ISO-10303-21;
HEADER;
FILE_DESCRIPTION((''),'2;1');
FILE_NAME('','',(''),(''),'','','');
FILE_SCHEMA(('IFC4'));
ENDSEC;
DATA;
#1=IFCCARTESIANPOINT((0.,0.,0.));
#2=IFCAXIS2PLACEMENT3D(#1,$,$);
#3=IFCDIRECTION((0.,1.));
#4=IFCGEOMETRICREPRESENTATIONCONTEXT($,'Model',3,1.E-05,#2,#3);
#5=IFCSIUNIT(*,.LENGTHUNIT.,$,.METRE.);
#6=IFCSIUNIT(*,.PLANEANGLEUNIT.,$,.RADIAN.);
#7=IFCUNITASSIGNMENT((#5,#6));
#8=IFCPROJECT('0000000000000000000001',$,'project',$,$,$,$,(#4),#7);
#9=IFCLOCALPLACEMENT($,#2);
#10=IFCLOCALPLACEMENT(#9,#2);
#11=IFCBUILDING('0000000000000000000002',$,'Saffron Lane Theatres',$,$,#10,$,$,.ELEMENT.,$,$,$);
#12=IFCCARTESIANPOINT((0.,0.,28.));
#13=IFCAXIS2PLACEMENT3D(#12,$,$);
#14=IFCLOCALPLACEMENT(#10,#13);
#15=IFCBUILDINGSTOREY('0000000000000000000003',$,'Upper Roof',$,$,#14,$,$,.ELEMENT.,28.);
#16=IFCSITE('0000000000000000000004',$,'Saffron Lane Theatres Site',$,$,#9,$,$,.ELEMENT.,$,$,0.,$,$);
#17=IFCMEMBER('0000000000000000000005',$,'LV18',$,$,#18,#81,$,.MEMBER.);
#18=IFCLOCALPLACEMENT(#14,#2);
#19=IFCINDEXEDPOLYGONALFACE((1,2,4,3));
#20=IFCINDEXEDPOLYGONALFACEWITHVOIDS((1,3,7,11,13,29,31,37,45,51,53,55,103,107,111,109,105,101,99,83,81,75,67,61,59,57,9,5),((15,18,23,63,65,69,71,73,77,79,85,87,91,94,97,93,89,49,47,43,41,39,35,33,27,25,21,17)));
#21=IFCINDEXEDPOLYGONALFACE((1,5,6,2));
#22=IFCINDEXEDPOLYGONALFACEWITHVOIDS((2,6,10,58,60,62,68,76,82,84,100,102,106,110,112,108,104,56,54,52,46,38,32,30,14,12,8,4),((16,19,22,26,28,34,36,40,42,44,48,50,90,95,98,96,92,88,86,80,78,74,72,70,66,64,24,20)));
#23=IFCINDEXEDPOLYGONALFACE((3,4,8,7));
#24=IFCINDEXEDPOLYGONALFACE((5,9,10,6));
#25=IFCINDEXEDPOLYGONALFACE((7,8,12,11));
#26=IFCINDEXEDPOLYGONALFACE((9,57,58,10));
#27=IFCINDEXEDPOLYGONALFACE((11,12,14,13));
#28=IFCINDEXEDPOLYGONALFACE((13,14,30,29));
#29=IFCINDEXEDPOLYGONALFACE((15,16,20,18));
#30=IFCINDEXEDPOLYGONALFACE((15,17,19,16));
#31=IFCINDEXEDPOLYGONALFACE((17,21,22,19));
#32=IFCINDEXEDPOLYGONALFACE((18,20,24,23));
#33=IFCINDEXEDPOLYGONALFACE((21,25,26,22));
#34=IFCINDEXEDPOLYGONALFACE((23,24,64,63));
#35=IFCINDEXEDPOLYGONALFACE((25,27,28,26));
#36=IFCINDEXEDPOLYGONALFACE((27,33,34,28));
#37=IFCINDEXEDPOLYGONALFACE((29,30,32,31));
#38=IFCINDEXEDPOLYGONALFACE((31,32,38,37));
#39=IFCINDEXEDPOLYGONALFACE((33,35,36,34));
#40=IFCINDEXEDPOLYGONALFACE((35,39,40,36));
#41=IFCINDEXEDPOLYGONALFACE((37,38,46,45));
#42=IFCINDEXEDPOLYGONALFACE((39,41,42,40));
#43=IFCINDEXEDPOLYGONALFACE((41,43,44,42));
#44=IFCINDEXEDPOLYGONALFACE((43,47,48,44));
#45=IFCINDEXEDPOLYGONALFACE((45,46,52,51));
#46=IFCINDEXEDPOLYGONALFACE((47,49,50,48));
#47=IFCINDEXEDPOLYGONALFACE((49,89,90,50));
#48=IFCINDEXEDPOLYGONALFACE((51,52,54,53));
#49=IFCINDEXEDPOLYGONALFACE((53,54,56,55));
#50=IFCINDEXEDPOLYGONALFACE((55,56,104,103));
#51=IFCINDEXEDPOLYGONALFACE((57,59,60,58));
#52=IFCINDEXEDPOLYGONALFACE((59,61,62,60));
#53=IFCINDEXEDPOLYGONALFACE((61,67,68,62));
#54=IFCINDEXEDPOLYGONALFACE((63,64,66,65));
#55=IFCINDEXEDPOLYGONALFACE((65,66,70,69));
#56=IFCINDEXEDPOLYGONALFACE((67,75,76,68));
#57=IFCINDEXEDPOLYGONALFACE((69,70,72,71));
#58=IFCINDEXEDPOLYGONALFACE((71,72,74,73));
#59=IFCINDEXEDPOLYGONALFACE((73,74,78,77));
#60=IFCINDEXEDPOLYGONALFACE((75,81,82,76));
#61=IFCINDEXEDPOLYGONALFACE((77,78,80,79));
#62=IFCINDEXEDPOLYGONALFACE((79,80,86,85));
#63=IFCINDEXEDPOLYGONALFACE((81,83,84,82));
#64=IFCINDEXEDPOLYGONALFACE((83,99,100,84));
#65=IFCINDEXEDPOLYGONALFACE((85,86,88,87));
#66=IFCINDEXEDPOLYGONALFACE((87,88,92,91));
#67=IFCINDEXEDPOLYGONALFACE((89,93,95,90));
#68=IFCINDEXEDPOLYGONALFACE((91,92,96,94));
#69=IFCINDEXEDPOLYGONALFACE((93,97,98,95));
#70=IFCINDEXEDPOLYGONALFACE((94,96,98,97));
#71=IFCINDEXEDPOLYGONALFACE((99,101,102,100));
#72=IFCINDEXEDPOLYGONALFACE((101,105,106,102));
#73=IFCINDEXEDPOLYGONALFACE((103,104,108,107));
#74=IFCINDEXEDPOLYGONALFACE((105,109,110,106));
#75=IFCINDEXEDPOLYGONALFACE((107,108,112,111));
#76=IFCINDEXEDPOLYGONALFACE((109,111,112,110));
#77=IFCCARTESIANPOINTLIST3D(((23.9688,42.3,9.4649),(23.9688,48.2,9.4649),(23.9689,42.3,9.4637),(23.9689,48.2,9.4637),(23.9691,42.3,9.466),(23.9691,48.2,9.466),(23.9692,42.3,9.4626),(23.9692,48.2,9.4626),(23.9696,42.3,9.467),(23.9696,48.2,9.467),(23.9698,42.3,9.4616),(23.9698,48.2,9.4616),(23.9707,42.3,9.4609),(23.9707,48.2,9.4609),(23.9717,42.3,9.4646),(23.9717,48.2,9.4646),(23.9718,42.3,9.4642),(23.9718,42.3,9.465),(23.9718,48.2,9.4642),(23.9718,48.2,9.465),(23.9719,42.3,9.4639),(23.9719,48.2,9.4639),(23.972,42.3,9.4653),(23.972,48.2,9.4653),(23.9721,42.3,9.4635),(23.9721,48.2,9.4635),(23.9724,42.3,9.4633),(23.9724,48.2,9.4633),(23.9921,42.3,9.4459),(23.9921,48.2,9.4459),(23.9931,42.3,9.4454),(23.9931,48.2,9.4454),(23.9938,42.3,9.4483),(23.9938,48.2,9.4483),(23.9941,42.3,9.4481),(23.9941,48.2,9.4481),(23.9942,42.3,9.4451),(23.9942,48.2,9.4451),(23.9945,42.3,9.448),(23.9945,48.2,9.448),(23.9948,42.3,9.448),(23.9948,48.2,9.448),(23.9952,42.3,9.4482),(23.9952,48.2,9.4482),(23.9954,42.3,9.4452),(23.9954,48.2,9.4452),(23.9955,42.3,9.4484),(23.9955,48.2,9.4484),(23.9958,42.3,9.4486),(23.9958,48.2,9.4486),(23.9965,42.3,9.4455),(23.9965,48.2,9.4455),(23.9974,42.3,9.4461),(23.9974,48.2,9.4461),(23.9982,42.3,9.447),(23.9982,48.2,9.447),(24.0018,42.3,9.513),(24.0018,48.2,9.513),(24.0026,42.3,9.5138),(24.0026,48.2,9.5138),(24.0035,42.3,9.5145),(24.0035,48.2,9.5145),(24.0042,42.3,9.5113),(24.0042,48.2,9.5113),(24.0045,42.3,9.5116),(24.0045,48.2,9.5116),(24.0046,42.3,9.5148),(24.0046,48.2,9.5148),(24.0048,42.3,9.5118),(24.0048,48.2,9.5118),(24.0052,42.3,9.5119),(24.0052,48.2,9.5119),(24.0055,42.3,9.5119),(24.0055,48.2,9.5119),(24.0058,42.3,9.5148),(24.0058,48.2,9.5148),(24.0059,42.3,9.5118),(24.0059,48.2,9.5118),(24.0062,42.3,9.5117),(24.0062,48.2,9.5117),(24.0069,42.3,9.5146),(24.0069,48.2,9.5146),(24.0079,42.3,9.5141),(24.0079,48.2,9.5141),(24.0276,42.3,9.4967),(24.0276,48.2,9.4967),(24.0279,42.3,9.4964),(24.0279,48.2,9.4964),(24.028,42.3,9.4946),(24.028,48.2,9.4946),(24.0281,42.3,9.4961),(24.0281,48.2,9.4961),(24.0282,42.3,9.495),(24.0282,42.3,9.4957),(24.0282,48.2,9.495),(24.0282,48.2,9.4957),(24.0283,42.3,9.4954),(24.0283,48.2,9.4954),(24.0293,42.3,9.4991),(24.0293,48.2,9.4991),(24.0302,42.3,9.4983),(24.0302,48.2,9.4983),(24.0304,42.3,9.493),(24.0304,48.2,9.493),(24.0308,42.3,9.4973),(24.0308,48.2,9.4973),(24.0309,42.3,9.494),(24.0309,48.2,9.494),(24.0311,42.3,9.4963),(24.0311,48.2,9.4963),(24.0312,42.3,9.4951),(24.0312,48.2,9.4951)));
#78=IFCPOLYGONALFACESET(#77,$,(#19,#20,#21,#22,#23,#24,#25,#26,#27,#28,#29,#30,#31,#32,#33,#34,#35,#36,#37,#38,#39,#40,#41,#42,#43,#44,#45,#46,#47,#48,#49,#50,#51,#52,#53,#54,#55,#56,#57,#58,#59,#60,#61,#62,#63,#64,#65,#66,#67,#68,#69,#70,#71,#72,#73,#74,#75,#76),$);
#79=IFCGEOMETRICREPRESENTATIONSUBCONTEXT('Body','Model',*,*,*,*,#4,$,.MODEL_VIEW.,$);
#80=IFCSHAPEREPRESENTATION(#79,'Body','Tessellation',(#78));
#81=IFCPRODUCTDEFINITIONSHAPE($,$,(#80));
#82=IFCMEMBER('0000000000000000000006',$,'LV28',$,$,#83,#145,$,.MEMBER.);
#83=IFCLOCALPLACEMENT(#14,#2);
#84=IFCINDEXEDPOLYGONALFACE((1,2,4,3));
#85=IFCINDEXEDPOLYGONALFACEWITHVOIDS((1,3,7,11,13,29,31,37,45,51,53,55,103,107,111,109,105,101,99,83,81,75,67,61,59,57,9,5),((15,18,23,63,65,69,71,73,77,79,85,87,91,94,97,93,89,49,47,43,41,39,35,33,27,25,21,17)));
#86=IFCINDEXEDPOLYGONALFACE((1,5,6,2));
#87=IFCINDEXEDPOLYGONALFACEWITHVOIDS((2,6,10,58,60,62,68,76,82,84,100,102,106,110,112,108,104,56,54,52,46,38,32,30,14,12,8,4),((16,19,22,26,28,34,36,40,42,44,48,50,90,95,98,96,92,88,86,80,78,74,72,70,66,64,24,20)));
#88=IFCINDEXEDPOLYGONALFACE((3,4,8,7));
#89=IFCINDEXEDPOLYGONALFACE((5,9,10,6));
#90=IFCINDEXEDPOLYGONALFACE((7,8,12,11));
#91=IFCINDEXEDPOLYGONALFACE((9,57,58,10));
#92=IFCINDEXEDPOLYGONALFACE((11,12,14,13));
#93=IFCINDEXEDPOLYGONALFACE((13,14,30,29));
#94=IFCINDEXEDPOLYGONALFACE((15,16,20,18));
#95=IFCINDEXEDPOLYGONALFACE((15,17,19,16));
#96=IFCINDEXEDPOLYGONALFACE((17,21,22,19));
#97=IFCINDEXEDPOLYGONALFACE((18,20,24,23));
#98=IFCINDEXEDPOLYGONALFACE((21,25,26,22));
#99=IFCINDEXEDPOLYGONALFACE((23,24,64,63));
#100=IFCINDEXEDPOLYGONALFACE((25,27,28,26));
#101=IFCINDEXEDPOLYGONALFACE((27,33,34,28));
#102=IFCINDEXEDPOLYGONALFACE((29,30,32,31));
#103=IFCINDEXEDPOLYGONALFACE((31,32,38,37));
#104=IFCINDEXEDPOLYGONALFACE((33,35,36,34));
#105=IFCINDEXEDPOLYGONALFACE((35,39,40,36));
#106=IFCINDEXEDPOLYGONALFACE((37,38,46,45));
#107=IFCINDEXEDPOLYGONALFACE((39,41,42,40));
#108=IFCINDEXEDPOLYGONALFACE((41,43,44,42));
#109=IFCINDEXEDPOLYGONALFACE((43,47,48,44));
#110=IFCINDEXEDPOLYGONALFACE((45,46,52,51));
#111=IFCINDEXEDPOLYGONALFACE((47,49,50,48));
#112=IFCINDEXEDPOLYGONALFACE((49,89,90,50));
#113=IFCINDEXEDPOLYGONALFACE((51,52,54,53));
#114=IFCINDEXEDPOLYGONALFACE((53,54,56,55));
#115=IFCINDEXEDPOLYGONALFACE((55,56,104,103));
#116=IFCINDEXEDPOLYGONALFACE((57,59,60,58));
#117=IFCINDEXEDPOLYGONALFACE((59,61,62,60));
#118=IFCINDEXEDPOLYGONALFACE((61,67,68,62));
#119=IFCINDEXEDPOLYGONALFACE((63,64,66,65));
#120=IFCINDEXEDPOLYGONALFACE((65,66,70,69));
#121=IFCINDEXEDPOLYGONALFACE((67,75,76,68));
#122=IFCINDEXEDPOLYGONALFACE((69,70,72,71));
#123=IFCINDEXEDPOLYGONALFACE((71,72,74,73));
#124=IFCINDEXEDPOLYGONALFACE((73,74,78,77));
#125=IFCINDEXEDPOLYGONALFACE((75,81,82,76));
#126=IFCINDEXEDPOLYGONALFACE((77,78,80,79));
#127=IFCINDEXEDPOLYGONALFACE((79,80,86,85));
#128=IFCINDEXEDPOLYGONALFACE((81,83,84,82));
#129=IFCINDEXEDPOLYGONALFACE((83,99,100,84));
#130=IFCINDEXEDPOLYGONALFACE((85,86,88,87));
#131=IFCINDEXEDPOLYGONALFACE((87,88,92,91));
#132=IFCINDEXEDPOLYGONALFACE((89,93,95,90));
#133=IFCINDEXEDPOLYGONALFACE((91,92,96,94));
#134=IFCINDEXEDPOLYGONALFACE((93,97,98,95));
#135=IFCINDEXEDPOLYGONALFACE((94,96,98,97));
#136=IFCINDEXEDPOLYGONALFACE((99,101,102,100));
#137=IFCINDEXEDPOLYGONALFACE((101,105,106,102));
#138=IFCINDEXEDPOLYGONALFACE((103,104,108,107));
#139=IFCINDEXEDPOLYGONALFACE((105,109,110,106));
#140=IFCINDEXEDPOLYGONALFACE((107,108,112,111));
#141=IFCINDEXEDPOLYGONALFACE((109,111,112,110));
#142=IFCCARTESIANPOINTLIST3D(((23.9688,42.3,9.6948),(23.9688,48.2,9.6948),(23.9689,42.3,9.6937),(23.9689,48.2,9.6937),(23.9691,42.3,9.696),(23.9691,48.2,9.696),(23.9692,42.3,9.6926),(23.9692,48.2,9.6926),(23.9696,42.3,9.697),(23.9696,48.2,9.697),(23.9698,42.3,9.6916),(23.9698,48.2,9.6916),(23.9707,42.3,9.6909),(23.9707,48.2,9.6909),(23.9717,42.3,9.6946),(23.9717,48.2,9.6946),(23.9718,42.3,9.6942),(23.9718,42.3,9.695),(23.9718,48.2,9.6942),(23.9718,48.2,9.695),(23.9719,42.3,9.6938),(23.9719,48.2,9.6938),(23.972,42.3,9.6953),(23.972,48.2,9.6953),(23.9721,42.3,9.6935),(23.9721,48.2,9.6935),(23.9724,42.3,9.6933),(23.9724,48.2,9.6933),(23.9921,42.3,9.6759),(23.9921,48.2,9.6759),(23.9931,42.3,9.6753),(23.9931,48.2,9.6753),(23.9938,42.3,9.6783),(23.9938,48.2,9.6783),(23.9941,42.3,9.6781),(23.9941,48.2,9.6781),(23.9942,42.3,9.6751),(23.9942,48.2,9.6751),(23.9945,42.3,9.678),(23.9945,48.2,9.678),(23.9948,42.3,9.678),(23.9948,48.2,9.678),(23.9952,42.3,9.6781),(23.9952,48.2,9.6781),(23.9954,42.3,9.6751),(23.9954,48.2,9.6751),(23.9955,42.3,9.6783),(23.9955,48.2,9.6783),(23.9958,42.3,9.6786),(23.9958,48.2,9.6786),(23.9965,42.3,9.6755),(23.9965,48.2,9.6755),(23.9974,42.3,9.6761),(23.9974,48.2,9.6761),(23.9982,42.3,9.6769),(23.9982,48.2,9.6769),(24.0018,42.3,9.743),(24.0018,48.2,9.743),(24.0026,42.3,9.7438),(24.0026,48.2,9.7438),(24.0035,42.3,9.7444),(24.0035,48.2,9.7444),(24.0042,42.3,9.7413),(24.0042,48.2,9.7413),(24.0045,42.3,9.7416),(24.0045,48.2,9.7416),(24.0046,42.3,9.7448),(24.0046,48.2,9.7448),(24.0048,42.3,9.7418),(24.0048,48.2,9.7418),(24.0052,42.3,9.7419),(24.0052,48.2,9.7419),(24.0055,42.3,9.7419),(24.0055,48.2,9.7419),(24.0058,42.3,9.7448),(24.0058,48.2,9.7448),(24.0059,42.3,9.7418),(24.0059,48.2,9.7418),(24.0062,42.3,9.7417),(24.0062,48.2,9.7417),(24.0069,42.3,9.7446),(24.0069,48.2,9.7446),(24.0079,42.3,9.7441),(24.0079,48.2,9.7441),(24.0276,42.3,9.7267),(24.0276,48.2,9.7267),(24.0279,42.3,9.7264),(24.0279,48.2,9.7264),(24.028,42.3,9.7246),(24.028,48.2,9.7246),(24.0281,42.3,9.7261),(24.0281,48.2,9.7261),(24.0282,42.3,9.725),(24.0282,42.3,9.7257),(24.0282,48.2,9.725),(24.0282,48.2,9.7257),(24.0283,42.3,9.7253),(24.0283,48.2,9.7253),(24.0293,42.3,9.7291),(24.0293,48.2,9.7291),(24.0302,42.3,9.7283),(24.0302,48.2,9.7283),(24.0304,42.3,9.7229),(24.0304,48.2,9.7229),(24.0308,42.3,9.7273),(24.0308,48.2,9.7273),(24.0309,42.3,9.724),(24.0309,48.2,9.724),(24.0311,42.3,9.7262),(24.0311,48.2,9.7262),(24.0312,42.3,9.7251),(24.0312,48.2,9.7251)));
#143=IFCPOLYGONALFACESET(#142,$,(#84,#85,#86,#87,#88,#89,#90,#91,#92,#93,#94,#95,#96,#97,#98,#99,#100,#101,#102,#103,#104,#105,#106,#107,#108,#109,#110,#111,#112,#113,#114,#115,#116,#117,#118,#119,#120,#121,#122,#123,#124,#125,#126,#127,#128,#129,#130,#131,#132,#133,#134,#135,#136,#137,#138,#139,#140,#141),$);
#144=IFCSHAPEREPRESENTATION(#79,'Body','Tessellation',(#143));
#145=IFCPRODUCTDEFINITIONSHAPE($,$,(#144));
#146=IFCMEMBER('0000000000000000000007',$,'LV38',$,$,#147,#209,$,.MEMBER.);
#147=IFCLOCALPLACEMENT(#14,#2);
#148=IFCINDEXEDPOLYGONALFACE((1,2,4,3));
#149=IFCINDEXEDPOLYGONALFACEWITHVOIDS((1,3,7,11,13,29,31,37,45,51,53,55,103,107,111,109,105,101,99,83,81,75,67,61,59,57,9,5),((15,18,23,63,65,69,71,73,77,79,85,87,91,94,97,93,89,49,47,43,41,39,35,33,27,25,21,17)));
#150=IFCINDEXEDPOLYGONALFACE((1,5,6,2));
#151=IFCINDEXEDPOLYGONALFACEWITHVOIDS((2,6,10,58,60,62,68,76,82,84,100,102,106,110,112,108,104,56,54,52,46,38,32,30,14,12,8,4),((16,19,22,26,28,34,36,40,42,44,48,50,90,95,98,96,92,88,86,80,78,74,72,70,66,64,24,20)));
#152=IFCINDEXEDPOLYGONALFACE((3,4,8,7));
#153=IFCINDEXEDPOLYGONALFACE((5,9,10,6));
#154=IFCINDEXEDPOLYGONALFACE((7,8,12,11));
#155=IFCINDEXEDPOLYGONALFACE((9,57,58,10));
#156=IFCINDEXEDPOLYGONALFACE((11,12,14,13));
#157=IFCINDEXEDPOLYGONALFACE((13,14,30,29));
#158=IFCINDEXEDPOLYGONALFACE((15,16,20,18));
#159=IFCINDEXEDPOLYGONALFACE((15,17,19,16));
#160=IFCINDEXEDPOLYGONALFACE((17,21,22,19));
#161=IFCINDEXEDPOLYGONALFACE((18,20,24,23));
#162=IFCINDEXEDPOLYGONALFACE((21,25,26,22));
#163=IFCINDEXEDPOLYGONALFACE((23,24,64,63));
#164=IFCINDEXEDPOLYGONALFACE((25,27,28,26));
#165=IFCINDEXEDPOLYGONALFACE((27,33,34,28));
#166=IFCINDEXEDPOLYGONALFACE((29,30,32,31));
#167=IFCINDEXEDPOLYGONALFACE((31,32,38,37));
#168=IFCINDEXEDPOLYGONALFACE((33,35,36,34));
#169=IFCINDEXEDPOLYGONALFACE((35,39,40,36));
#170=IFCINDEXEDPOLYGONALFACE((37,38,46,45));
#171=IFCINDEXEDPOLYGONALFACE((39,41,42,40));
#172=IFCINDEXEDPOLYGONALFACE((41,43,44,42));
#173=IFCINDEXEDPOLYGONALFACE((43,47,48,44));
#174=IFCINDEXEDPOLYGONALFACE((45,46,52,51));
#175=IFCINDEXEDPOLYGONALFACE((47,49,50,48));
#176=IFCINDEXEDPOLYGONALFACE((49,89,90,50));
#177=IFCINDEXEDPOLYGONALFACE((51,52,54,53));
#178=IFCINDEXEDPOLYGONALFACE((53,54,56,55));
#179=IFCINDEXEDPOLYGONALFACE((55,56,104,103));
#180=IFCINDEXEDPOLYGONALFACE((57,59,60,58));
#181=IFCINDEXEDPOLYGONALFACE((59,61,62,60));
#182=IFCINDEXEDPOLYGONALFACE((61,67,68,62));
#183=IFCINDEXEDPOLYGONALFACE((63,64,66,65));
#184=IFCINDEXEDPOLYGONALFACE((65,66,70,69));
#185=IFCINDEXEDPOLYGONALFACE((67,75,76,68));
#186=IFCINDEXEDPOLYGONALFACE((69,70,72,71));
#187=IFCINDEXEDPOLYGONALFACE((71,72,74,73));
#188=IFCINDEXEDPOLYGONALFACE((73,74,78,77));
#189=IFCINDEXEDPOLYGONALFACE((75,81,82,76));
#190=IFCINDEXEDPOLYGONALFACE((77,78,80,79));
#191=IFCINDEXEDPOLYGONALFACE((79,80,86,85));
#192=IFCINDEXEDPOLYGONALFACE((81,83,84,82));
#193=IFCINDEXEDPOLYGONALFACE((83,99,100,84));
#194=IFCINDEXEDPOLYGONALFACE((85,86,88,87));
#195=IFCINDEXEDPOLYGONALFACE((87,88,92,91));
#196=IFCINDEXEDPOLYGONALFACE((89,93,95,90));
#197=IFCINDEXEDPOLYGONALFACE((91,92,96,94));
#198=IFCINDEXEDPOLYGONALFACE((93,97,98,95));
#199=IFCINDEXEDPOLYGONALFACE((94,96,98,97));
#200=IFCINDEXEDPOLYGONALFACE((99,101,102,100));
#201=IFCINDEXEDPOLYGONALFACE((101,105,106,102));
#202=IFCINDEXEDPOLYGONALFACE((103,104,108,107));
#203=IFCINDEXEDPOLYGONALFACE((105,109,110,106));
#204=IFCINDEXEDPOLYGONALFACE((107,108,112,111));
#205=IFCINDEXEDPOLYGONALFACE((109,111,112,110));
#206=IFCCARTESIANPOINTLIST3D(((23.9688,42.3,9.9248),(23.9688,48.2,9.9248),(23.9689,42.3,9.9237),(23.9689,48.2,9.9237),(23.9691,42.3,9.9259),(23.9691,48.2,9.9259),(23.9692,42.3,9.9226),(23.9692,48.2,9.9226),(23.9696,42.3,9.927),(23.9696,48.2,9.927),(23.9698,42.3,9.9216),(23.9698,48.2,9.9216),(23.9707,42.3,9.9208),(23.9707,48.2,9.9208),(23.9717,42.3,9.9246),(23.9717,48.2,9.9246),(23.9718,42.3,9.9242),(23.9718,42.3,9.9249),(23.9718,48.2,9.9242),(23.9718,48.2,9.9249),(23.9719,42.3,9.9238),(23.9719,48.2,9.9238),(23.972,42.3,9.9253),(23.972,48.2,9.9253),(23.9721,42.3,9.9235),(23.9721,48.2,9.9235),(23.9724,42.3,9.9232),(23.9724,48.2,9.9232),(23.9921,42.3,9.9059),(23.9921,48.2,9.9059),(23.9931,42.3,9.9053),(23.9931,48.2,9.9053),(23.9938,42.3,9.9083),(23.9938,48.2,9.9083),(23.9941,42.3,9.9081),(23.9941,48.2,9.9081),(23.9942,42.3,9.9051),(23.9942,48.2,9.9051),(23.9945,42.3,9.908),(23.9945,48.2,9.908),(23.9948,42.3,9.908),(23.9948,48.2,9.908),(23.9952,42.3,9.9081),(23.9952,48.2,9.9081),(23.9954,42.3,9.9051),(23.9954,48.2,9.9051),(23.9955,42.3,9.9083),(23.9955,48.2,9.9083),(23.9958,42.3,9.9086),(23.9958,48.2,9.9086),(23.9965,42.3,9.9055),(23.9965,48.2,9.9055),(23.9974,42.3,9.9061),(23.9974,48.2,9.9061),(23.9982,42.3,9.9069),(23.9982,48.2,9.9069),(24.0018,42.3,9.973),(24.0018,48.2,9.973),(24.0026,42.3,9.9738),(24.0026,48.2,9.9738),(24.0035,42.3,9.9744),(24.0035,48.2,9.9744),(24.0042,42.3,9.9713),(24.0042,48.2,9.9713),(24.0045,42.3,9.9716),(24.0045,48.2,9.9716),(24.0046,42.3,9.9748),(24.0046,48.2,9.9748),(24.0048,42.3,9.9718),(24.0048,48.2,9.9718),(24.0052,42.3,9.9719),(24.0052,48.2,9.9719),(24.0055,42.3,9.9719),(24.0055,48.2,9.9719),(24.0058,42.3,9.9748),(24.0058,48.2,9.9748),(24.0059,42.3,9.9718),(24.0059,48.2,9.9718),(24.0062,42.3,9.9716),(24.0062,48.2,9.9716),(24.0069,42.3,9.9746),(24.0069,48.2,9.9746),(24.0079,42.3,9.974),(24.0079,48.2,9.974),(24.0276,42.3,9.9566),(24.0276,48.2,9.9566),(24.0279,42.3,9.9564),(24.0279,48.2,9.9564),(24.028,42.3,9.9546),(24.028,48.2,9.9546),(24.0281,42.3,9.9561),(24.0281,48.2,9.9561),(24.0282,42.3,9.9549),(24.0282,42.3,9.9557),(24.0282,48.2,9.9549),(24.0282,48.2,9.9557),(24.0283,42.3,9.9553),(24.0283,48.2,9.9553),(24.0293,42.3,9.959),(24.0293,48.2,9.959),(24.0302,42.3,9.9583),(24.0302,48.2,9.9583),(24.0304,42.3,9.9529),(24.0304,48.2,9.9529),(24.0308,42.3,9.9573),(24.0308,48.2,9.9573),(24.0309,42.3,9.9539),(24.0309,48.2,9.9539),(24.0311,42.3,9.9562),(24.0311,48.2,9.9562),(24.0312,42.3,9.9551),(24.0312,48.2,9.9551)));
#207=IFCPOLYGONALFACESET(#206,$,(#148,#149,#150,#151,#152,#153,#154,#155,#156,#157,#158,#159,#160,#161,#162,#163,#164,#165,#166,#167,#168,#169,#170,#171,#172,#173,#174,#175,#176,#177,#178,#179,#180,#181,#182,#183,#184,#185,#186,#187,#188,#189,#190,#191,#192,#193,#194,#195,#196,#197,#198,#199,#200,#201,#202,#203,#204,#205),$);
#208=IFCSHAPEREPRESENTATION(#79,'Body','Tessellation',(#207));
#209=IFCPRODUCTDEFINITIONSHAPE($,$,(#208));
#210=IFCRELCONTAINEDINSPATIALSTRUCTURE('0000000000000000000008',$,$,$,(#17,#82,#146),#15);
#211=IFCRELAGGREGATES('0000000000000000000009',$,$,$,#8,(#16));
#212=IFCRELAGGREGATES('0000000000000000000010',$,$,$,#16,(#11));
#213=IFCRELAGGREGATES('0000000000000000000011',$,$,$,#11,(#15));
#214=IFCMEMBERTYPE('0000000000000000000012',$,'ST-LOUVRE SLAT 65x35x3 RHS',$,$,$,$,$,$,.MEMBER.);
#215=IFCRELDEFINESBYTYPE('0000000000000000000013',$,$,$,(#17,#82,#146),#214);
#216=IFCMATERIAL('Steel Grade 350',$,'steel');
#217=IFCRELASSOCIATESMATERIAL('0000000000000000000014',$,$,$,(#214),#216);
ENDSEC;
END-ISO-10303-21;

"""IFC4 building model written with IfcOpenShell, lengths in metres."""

from ifc_helpers import new_model, si_unit, direction, frame, origin, origin_2d, place, context, subcontext, project, spatial, hollow_rectangle, extrude, material, material_profile, profile_set, type_object, element, save


model = new_model("IFC4")

# Units and contexts
model_context = context("Model", 3, precision=1e-05, world=origin(), true_north=direction((0.0, 1.0)))
body_context = subcontext(model_context, "Body", "Model", "MODEL_VIEW")
ifc_project = project(units=[si_unit("LENGTHUNIT", "METRE"), si_unit("PLANEANGLEUNIT", "RADIAN")], contexts=[model_context])

# Site, building, storey
site_placement = place(None, origin())
site = spatial("IfcSite", under=ifc_project, at=site_placement, Name="Saffron Lane Theatres Site", CompositionType="ELEMENT", RefElevation=0.0)
building_placement = place(site_placement, origin())
building = spatial("IfcBuilding", under=site, at=building_placement, Name="Saffron Lane Theatres", CompositionType="ELEMENT")
storey_placement = place(building_placement, frame((0.0, 0.0, 28.0)))
storey = spatial("IfcBuildingStorey", under=building, at=storey_placement, Name="Upper Roof", CompositionType="ELEMENT", Elevation=28.0)

# Members
ifc_material_1 = material(Name="Steel Grade 350", Category="steel")
ifc_material_profile_1 = material_profile(ifc_material_1, hollow_rectangle(XDim=0.0349, YDim=0.0649, WallThickness=0.0029, InnerFilletRadius=0.0015, OuterFilletRadius=0.0044, at=origin_2d()))
ifc_profile_set_1 = profile_set([ifc_material_profile_1], Name="Steel Grade 350")
member_type_1 = type_object("IfcMemberType", Name="ST-LOUVRE SLAT 65x35x3 RHS", PredefinedType="MEMBER", material=ifc_profile_set_1)
for number, where, z_axis, x_axis, name in (
    (1, (24.0, 42.3, 9.48), (0.0, 1.0, 0.0), (-0.819152, 0.0, 0.573576), "LV18"),
    (2, (24.0, 42.3, 9.71), (0.0, 1.0, 0.0), (-0.819152, 0.0, 0.573576), "LV28"),
    (3, (24.0, 42.3, 9.9399), (0.0, 1.0, 0.0), (-0.819152, 0.0, 0.573576), "LV38"),
):
    element("IfcMember", number, at=place(storey_placement, frame(where, z_axis=z_axis, x_axis=x_axis)), inside=storey, type_object=member_type_1, Name=name, PredefinedType="MEMBER", context=body_context, shape_type="SweptSolid", body=[
        extrude(hollow_rectangle(XDim=0.0349, YDim=0.0649, WallThickness=0.0029, InnerFilletRadius=0.0015, OuterFilletRadius=0.0044, at=origin_2d()), origin(), (0.0, 0.0, 1.0), 5.8999),
    ])

save(model, "model.ifc")
